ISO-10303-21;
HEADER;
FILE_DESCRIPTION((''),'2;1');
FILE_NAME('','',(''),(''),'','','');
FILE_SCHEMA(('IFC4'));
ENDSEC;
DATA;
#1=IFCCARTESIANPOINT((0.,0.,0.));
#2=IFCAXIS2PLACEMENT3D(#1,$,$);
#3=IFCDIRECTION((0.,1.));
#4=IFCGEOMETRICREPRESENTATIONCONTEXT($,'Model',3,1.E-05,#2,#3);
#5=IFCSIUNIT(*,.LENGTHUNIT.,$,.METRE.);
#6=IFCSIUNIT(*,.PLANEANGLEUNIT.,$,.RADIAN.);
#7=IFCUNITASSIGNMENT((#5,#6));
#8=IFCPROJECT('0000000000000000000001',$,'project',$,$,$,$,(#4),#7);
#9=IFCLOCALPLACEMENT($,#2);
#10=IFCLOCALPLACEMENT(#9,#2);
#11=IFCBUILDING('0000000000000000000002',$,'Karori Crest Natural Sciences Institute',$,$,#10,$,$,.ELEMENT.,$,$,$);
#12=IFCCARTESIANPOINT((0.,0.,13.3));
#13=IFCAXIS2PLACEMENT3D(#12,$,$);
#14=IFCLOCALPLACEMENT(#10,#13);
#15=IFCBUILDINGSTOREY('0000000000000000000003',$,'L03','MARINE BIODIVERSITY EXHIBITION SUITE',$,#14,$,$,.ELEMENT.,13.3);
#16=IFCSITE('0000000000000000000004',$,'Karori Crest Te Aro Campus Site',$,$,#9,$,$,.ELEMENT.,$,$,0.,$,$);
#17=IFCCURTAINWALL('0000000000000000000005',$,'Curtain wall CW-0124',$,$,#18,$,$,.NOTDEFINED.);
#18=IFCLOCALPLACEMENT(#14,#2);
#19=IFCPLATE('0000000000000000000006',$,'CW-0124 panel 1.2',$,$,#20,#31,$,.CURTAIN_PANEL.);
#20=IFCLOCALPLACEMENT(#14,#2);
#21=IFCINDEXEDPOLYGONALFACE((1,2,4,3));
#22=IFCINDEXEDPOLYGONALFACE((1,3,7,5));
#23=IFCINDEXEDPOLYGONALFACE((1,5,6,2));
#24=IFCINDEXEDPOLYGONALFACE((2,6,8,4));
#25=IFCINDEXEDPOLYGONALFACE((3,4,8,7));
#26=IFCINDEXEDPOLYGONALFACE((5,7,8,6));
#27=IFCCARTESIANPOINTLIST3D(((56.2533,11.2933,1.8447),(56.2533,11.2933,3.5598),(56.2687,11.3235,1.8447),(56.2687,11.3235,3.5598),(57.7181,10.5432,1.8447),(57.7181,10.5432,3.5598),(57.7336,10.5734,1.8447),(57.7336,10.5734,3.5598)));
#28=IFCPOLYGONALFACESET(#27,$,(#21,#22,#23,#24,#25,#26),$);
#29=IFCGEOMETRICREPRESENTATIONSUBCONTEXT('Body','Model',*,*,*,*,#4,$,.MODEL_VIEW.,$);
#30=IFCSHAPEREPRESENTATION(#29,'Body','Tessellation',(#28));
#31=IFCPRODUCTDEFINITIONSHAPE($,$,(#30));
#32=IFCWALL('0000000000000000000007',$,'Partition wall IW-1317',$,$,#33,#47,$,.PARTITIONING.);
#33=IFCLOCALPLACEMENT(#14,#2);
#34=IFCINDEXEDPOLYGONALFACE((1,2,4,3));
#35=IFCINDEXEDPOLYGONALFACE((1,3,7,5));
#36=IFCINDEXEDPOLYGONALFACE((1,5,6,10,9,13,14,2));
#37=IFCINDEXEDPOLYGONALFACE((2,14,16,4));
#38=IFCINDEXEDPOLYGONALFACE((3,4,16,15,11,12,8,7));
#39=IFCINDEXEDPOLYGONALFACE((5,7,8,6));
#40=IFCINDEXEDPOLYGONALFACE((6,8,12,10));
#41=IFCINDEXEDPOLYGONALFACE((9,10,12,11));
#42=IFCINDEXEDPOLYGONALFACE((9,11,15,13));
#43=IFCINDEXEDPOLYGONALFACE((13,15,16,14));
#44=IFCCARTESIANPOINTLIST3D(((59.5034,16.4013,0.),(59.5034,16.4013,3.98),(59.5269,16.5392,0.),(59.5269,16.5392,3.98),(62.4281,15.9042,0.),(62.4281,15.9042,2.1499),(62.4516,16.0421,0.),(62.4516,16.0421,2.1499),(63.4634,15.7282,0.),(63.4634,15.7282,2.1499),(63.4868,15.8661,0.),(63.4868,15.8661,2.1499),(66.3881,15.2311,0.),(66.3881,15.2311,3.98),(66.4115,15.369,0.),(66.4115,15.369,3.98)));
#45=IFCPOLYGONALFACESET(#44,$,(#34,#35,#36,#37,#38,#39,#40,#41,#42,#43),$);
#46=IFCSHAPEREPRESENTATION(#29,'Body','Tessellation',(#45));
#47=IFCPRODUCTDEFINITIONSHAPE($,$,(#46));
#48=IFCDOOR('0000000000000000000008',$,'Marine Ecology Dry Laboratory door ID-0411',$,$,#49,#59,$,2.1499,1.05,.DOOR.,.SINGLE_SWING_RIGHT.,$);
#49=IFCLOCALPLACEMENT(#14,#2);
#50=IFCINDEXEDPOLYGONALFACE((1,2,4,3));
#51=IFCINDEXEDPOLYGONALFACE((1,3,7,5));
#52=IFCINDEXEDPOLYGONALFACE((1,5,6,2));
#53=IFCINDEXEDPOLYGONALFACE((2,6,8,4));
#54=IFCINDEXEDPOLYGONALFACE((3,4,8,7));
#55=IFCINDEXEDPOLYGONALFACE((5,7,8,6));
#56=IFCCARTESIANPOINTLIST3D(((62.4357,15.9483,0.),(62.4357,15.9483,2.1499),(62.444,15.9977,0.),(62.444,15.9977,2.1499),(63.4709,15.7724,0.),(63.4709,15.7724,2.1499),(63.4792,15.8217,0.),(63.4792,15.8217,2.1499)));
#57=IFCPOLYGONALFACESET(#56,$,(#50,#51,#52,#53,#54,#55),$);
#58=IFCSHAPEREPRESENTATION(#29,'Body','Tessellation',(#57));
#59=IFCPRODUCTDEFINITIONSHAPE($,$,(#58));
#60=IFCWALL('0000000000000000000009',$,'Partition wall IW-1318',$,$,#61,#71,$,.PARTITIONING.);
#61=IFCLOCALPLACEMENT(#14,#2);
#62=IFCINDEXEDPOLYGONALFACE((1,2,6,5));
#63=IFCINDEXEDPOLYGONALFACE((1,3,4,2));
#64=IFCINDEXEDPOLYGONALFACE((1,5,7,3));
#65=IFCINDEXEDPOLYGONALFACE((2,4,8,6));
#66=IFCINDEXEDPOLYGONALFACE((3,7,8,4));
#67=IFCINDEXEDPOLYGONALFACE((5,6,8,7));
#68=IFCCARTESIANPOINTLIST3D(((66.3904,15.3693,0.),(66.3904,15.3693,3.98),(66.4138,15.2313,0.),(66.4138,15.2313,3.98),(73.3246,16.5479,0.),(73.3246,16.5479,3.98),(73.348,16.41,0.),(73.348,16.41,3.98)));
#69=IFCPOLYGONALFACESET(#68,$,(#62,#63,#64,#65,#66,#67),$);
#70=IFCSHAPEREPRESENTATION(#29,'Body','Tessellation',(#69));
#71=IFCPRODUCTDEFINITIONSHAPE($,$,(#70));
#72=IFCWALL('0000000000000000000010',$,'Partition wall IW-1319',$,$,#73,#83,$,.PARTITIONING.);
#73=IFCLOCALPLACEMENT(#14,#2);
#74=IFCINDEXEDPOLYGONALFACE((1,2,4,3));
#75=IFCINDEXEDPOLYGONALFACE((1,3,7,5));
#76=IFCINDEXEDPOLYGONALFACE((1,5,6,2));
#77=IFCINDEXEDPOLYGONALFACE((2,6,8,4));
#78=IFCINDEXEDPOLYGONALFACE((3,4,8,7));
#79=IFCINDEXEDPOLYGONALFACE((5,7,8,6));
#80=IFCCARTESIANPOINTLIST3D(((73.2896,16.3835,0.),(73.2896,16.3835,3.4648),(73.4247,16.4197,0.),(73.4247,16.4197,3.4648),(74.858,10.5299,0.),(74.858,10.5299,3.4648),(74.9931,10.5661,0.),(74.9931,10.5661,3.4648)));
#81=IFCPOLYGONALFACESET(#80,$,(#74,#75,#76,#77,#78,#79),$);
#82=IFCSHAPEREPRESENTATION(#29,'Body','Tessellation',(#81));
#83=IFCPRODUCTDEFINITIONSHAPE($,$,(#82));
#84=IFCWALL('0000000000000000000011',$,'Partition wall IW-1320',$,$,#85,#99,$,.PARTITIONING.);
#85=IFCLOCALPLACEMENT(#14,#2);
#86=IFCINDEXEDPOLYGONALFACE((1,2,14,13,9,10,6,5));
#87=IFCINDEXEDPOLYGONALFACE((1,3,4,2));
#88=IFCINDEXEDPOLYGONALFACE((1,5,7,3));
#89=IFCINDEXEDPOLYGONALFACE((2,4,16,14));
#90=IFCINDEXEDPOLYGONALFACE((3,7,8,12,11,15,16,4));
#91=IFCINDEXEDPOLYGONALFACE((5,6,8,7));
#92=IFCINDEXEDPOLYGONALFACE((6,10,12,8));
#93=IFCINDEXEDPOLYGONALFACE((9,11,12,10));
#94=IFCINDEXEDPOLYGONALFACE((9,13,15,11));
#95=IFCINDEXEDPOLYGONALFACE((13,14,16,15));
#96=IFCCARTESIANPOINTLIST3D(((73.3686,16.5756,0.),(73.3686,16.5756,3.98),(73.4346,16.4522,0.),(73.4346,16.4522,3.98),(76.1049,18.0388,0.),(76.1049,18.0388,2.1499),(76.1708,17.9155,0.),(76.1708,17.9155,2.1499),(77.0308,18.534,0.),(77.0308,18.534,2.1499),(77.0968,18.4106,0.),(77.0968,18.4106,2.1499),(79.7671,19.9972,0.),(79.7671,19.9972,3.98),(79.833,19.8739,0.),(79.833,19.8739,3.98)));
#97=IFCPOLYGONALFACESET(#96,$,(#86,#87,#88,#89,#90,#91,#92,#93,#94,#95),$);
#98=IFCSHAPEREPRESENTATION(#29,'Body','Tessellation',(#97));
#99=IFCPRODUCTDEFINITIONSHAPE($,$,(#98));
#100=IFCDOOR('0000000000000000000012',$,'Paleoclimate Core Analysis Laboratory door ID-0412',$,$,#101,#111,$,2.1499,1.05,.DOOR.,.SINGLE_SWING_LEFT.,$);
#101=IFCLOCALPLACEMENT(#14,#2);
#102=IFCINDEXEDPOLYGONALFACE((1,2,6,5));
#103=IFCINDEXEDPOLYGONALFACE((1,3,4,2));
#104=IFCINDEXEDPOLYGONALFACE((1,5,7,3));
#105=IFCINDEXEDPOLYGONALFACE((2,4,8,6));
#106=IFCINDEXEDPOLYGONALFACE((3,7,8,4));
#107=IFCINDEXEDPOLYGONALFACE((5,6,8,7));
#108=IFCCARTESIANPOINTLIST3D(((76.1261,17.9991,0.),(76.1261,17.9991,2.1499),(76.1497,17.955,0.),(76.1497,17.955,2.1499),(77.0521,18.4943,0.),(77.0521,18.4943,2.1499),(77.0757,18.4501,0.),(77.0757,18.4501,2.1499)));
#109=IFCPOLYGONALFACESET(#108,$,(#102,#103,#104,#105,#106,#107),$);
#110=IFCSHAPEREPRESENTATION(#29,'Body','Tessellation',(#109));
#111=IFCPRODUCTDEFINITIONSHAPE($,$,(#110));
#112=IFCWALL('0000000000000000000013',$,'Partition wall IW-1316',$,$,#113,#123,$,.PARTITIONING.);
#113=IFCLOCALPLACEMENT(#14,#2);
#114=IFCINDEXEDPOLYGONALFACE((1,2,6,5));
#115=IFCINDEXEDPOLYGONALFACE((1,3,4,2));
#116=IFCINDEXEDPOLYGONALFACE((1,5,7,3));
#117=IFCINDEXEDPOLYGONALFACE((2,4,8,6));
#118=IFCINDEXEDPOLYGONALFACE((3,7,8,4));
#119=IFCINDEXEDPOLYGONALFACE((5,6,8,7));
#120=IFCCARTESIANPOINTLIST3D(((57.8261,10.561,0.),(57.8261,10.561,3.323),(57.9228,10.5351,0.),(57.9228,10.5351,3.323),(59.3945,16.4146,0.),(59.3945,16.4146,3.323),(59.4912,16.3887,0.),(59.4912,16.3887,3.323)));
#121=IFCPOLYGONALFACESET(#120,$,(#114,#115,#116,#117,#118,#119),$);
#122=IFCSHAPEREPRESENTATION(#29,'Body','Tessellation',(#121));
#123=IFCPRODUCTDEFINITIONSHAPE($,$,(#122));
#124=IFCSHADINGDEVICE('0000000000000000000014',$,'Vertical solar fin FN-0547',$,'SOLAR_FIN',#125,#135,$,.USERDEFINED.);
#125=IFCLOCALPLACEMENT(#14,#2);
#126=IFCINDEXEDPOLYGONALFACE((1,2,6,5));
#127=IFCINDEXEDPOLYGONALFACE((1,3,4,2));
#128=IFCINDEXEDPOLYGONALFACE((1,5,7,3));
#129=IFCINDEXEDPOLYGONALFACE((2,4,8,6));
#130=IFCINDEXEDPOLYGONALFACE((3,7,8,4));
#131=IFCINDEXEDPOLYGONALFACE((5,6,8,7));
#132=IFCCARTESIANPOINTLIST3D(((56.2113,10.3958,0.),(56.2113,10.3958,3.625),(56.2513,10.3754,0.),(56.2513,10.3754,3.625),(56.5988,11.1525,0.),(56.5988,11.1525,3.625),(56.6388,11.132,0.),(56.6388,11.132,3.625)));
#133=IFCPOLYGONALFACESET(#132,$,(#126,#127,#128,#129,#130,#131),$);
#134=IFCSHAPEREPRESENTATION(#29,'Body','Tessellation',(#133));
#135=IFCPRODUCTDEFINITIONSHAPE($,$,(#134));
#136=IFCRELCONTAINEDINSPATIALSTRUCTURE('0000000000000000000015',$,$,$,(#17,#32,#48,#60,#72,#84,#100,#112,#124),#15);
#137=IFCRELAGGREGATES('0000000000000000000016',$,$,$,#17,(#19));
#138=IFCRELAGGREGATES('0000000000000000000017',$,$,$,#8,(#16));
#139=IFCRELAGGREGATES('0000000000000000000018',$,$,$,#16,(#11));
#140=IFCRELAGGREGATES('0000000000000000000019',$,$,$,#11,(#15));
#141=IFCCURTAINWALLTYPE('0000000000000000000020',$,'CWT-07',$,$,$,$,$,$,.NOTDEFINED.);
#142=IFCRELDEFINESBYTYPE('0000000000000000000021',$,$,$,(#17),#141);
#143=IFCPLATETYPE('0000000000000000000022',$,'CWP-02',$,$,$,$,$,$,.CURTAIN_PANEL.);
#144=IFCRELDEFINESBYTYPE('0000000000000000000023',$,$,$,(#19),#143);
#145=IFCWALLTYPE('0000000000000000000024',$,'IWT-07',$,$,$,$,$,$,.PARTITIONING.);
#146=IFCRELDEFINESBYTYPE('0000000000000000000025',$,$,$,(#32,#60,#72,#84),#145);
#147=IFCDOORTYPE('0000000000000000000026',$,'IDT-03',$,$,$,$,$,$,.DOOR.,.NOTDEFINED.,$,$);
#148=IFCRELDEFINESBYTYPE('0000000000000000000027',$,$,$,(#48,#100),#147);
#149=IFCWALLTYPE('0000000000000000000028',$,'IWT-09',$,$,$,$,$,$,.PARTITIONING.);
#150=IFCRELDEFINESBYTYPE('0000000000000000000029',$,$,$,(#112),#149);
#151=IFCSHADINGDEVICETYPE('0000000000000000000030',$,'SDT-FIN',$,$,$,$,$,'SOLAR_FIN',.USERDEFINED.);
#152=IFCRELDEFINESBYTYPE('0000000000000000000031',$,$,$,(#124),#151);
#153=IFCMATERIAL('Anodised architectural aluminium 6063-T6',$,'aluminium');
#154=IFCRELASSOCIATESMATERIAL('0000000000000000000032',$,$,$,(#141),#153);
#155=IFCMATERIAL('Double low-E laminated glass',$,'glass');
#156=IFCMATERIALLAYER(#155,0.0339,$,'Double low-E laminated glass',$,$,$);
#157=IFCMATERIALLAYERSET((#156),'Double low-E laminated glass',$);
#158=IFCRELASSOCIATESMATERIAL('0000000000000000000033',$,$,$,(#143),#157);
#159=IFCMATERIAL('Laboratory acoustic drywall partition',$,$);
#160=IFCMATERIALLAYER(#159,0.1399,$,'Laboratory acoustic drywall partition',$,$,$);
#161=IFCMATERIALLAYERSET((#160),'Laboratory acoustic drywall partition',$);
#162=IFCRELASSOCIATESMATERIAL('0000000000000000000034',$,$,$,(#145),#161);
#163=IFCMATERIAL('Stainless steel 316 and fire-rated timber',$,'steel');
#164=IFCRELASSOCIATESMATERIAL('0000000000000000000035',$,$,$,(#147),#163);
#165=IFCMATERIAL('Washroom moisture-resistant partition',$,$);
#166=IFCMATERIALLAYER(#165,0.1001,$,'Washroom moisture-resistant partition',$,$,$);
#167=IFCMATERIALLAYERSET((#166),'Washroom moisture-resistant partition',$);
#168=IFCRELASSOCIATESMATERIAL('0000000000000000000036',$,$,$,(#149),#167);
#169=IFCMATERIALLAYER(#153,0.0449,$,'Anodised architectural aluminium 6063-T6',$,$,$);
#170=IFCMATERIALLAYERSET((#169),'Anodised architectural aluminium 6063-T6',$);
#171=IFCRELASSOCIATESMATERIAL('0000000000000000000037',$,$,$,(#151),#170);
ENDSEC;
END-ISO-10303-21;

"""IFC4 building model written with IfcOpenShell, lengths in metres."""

from ifc_helpers import new_model, si_unit, direction, frame, frame_2d, origin, origin_2d, place, context, subcontext, project, spatial, rectangle, extrude, material, layer, layer_set, type_object, element, fill, aggregate, save


model = new_model("IFC4")

# Units and contexts
model_context = context("Model", 3, precision=1e-05, world=origin(), true_north=direction((0.0, 1.0)))
body_context = subcontext(model_context, "Body", "Model", "MODEL_VIEW")
ifc_project = project(units=[si_unit("LENGTHUNIT", "METRE"), si_unit("PLANEANGLEUNIT", "RADIAN")], contexts=[model_context])

# Site, building, storey
site_placement = place(None, origin())
site = spatial("IfcSite", under=ifc_project, at=site_placement, Name="Karori Crest Te Aro Campus Site", CompositionType="ELEMENT", RefElevation=0.0)
building_placement = place(site_placement, origin())
building = spatial("IfcBuilding", under=site, at=building_placement, Name="Karori Crest Natural Sciences Institute", CompositionType="ELEMENT")
storey_placement = place(building_placement, frame((0.0, 0.0, 13.3)))
storey = spatial("IfcBuildingStorey", under=building, at=storey_placement, Name="L03", Description="MARINE BIODIVERSITY EXHIBITION SUITE", CompositionType="ELEMENT", Elevation=13.3)

# Curtain wall
ifc_material_1 = material(Name="Anodised architectural aluminium 6063-T6", Category="aluminium")
curtain_wall_type_1 = type_object("IfcCurtainWallType", Name="CWT-07", PredefinedType="NOTDEFINED", material=ifc_material_1)
curtain_wall_1_placement = place(storey_placement, origin())
curtain_wall_1 = element("IfcCurtainWall", 1, at=curtain_wall_1_placement, inside=storey, type_object=curtain_wall_type_1, Name="Curtain wall CW-0124", PredefinedType="NOTDEFINED")

# Plate
ifc_material_2 = material(Name="Double low-E laminated glass", Category="glass")
ifc_layer_1 = layer(ifc_material_2, 0.0339, Name="Double low-E laminated glass")
ifc_layer_set_1 = layer_set([ifc_layer_1], Name="Double low-E laminated glass")
plate_type_1 = type_object("IfcPlateType", Name="CWP-02", PredefinedType="CURTAIN_PANEL", material=ifc_layer_set_1)
plate_1_placement = place(storey_placement, frame((56.9934, 10.9333, 1.8447), z_axis=(0.0, 0.0, 1.0), x_axis=(-0.890067, 0.455829, 0.0)))
plate_1 = element("IfcPlate", 2, at=plate_1_placement, type_object=plate_type_1, Name="CW-0124 panel 1.2", PredefinedType="CURTAIN_PANEL", context=body_context, shape_type="SweptSolid", body=[
    extrude(rectangle(XDim=1.6458, YDim=0.0339, at=origin_2d()), origin(), (0.0, 0.0, 1.0), 1.7151),
])
aggregate(curtain_wall_1, [plate_1])

# Wall, opening, door
ifc_material_3 = material(Name="Laboratory acoustic drywall partition")
ifc_layer_2 = layer(ifc_material_3, 0.1399, Name="Laboratory acoustic drywall partition")
ifc_layer_set_2 = layer_set([ifc_layer_2], Name="Laboratory acoustic drywall partition")
wall_type_1 = type_object("IfcWallType", Name="IWT-07", PredefinedType="PARTITIONING", material=ifc_layer_set_2)
wall_1_placement = place(storey_placement, frame((59.5151, 16.4702, 0.0), z_axis=(0.0, 0.0, 1.0), x_axis=(0.985862, -0.167562, 0.0)))
wall_1 = element("IfcWall", 3, at=wall_1_placement, inside=storey, type_object=wall_type_1, Name="Partition wall IW-1317", PredefinedType="PARTITIONING", context=body_context, shape_type="SweptSolid", body=[
    extrude(rectangle(XDim=6.9834, YDim=0.1399, at=frame_2d((3.4917, 0.0))), origin(), (0.0, 0.0, 1.0), 3.98),
])
opening_1_placement = place(wall_1_placement, frame((2.9668, 0.0, 0.0)))
opening_1 = element("IfcOpeningElement", 4, at=opening_1_placement, cuts=wall_1, PredefinedType="OPENING", context=body_context, shape_type="SweptSolid", body=[
    extrude(rectangle(XDim=1.05, YDim=2.1499, at=frame_2d((0.5249, 1.075))), frame((0.0, 0.0801, 0.0), z_axis=(0.0, -1.0, 0.0), x_axis=(1.0, 0.0, 0.0)), (0.0, 0.0, 1.0), 0.1599),
])
ifc_material_4 = material(Name="Stainless steel 316 and fire-rated timber", Category="steel")
door_type = type_object("IfcDoorType", Name="IDT-03", OperationType="NOTDEFINED", PredefinedType="DOOR", material=ifc_material_4)
door_1_placement = place(opening_1_placement, origin())
door_1 = element("IfcDoor", 5, at=door_1_placement, inside=storey, type_object=door_type, Name="Marine Ecology Dry Laboratory door ID-0411", OperationType="SINGLE_SWING_RIGHT", OverallHeight=2.1499, OverallWidth=1.05, PredefinedType="DOOR", context=body_context, shape_type="SweptSolid", body=[
    extrude(rectangle(XDim=1.05, YDim=2.1499, at=frame_2d((0.5249, 1.075))), frame((0.0, 0.0249, 0.0), z_axis=(0.0, -1.0, 0.0), x_axis=(1.0, 0.0, 0.0)), (0.0, 0.0, 1.0), 0.05),
])
fill(opening_1, door_1)

# Walls
wall_2_placement = place(storey_placement, frame((66.4021, 15.3003, 0.0), z_axis=(0.0, 0.0, 1.0), x_axis=(0.985859, 0.167578, 0.0)))
element("IfcWall", 6, at=wall_2_placement, inside=storey, type_object=wall_type_1, Name="Partition wall IW-1318", PredefinedType="PARTITIONING", context=body_context, shape_type="SweptSolid", body=[
    extrude(rectangle(XDim=7.0337, YDim=0.1399, at=frame_2d((3.5168, 0.0))), origin(), (0.0, 0.0, 1.0), 3.98),
])
wall_3_placement = place(storey_placement, frame((73.3572, 16.4016, 0.0), z_axis=(0.0, 0.0, 1.0), x_axis=(0.258806, -0.965929, 0.0)))
element("IfcWall", 7, at=wall_3_placement, inside=storey, type_object=wall_type_1, Name="Partition wall IW-1319", PredefinedType="PARTITIONING", context=body_context, shape_type="SweptSolid", body=[
    extrude(rectangle(XDim=6.0601, YDim=0.1399, at=frame_2d((3.03, 0.0))), origin(), (0.0, 0.0, 1.0), 3.4648),
])

# Wall, opening, door
wall_4_placement = place(storey_placement, frame((73.4016, 16.5139, 0.0), z_axis=(0.0, 0.0, 1.0), x_axis=(0.88183, 0.471568, 0.0)))
wall_4 = element("IfcWall", 8, at=wall_4_placement, inside=storey, type_object=wall_type_1, Name="Partition wall IW-1320", PredefinedType="PARTITIONING", context=body_context, shape_type="SweptSolid", body=[
    extrude(rectangle(XDim=7.2559, YDim=0.1399, at=frame_2d((3.6279, 0.0))), origin(), (0.0, 0.0, 1.0), 3.98),
])
opening_2_placement = place(wall_4_placement, frame((3.103, 0.0, 0.0)))
opening_2 = element("IfcOpeningElement", 9, at=opening_2_placement, cuts=wall_4, PredefinedType="OPENING", context=body_context, shape_type="SweptSolid", body=[
    extrude(rectangle(XDim=1.05, YDim=2.1499, at=frame_2d((0.5249, 1.075))), frame((0.0, 0.0801, 0.0), z_axis=(0.0, -1.0, 0.0), x_axis=(1.0, 0.0, 0.0)), (0.0, 0.0, 1.0), 0.1599),
])
door_2_placement = place(opening_2_placement, origin())
door_2 = element("IfcDoor", 10, at=door_2_placement, inside=storey, type_object=door_type, Name="Paleoclimate Core Analysis Laboratory door ID-0412", OperationType="SINGLE_SWING_LEFT", OverallHeight=2.1499, OverallWidth=1.05, PredefinedType="DOOR", context=body_context, shape_type="SweptSolid", body=[
    extrude(rectangle(XDim=1.05, YDim=2.1499, at=frame_2d((0.5249, 1.075))), frame((0.0, 0.0249, 0.0), z_axis=(0.0, -1.0, 0.0), x_axis=(1.0, 0.0, 0.0)), (0.0, 0.0, 1.0), 0.05),
])
fill(opening_2, door_2)

# Wall
ifc_material_5 = material(Name="Washroom moisture-resistant partition")
ifc_layer_3 = layer(ifc_material_5, 0.1001, Name="Washroom moisture-resistant partition")
ifc_layer_set_3 = layer_set([ifc_layer_3], Name="Washroom moisture-resistant partition")
wall_type_2 = type_object("IfcWallType", Name="IWT-09", PredefinedType="PARTITIONING", material=ifc_layer_set_3)
wall_5_placement = place(storey_placement, frame((59.4429, 16.4016, 0.0), z_axis=(0.0, 0.0, 1.0), x_axis=(-0.258806, -0.965929, 0.0)))
element("IfcWall", 11, at=wall_5_placement, inside=storey, type_object=wall_type_2, Name="Partition wall IW-1316", PredefinedType="PARTITIONING", context=body_context, shape_type="SweptSolid", body=[
    extrude(rectangle(XDim=6.0601, YDim=0.1001, at=frame_2d((3.03, 0.0))), origin(), (0.0, 0.0, 1.0), 3.323),
])

# Shading device
ifc_layer_4 = layer(ifc_material_1, 0.0449, Name="Anodised architectural aluminium 6063-T6")
ifc_layer_set_4 = layer_set([ifc_layer_4], Name="Anodised architectural aluminium 6063-T6")
shading_device_type = type_object("IfcShadingDeviceType", Name="SDT-FIN", ElementType="SOLAR_FIN", PredefinedType="USERDEFINED", material=ifc_layer_set_4)
shading_device_placement = place(storey_placement, frame((56.425, 10.7639, 0.0), z_axis=(0.0, 0.0, 1.0), x_axis=(-0.455829, -0.890067, 0.0)))
element("IfcShadingDevice", 12, at=shading_device_placement, inside=storey, type_object=shading_device_type, Name="Vertical solar fin FN-0547", ObjectType="SOLAR_FIN", PredefinedType="USERDEFINED", context=body_context, shape_type="SweptSolid", body=[
    extrude(rectangle(XDim=0.8501, YDim=0.0449, at=origin_2d()), origin(), (0.0, 0.0, 1.0), 3.625),
])

save(model, "model.ifc")
